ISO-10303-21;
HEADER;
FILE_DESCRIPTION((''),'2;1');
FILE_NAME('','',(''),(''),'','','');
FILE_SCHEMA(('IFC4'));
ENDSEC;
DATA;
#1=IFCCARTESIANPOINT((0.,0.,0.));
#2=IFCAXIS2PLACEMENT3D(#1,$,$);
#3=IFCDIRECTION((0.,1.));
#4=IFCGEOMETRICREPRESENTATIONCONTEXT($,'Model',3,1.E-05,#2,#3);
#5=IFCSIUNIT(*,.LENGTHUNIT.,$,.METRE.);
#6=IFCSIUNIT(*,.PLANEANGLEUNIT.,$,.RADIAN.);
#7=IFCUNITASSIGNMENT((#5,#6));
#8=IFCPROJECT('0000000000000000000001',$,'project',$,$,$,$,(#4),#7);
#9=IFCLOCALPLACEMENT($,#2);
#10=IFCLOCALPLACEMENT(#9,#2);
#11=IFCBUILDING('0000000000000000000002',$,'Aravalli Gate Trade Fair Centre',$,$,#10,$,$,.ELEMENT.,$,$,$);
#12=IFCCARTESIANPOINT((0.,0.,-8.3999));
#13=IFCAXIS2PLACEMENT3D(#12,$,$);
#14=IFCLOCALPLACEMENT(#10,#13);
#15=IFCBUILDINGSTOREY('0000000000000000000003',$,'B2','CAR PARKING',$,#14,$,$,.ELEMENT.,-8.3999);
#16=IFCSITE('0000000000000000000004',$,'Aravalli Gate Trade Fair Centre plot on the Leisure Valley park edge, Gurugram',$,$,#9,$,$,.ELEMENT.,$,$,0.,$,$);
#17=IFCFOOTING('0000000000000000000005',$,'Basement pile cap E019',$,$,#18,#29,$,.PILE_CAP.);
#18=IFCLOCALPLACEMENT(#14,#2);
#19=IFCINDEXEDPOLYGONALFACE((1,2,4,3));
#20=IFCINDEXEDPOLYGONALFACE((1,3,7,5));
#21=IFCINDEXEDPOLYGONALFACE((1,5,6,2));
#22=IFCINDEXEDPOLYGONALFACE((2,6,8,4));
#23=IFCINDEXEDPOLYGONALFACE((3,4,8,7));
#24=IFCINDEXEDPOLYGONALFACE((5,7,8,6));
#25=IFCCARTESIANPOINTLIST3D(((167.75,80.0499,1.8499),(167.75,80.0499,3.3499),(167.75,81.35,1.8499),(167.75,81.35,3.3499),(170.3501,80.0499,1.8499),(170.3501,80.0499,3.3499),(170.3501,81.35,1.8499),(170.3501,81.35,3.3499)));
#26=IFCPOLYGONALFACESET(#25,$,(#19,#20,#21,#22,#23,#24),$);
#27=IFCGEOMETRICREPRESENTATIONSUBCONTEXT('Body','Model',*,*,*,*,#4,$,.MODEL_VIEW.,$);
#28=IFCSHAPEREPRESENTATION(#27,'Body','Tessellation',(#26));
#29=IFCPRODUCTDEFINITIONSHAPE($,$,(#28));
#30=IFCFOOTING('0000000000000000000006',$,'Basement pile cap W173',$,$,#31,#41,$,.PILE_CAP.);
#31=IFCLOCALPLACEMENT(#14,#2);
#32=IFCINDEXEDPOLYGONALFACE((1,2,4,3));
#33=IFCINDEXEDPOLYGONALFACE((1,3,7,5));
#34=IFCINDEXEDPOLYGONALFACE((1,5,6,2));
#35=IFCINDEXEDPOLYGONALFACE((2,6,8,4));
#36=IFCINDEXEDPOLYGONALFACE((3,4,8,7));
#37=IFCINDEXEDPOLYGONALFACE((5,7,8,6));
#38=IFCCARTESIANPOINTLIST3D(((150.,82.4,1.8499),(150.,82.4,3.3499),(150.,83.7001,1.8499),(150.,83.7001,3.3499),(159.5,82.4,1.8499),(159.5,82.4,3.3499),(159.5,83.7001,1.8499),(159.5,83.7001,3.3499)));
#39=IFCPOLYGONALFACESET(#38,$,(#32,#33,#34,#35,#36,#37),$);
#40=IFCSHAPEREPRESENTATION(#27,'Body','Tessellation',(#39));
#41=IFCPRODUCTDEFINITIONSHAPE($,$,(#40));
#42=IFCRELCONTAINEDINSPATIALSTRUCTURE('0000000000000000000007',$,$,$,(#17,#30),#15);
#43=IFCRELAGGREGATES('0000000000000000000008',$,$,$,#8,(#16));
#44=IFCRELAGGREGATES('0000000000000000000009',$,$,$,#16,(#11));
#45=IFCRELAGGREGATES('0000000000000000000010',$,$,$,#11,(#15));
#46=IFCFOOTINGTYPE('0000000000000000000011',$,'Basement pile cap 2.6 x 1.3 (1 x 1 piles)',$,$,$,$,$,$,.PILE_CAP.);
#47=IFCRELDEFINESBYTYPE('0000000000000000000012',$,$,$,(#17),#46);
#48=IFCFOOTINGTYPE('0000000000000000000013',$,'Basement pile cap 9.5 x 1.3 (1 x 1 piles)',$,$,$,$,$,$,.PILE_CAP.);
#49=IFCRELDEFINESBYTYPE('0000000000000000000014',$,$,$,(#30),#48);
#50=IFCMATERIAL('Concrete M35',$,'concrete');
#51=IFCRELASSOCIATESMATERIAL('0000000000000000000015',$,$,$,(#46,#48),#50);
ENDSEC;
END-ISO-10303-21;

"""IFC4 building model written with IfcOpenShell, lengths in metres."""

from ifc_helpers import new_model, si_unit, direction, frame, origin, origin_2d, place, context, subcontext, project, spatial, rectangle, extrude, material, type_object, element, save


model = new_model("IFC4")

# Units and contexts
model_context = context("Model", 3, precision=1e-05, world=origin(), true_north=direction((0.0, 1.0)))
body_context = subcontext(model_context, "Body", "Model", "MODEL_VIEW")
ifc_project = project(units=[si_unit("LENGTHUNIT", "METRE"), si_unit("PLANEANGLEUNIT", "RADIAN")], contexts=[model_context])

# Site, building, storey
site_placement = place(None, origin())
site = spatial("IfcSite", under=ifc_project, at=site_placement, Name="Aravalli Gate Trade Fair Centre plot on the Leisure Valley park edge, Gurugram", CompositionType="ELEMENT", RefElevation=0.0)
building_placement = place(site_placement, origin())
building = spatial("IfcBuilding", under=site, at=building_placement, Name="Aravalli Gate Trade Fair Centre", CompositionType="ELEMENT")
storey_placement = place(building_placement, frame((0.0, 0.0, -8.3999)))
storey = spatial("IfcBuildingStorey", under=building, at=storey_placement, Name="B2", Description="CAR PARKING", CompositionType="ELEMENT", Elevation=-8.3999)

# Shared definitions
ifc_material = material(Name="Concrete M35", Category="concrete")

# Footings
footing_type_1 = type_object("IfcFootingType", Name="Basement pile cap 2.6 x 1.3 (1 x 1 piles)", PredefinedType="PILE_CAP", material=ifc_material)
for number, where, z_axis, x_axis, name in (
    (1, (169.05, 80.7, 1.8499), (0.0, 0.0, 1.0), (1.0, 0.0, 0.0), "Basement pile cap E019"),
):
    element("IfcFooting", number, at=place(storey_placement, frame(where, z_axis=z_axis, x_axis=x_axis)), inside=storey, type_object=footing_type_1, Name=name, PredefinedType="PILE_CAP", context=body_context, shape_type="SweptSolid", body=[
        extrude(rectangle(XDim=2.6001, YDim=1.3, at=origin_2d()), origin(), (0.0, 0.0, 1.0), 1.5),
    ])
footing_type_2 = type_object("IfcFootingType", Name="Basement pile cap 9.5 x 1.3 (1 x 1 piles)", PredefinedType="PILE_CAP", material=ifc_material)
footing_1_placement = place(storey_placement, frame((154.75, 83.05, 1.8499), z_axis=(0.0, 0.0, 1.0), x_axis=(1.0, 0.0, 0.0)))
element("IfcFooting", 2, at=footing_1_placement, inside=storey, type_object=footing_type_2, Name="Basement pile cap W173", PredefinedType="PILE_CAP", context=body_context, shape_type="SweptSolid", body=[
    extrude(rectangle(XDim=9.5, YDim=1.3, at=origin_2d()), origin(), (0.0, 0.0, 1.0), 1.5),
])

save(model, "model.ifc")
